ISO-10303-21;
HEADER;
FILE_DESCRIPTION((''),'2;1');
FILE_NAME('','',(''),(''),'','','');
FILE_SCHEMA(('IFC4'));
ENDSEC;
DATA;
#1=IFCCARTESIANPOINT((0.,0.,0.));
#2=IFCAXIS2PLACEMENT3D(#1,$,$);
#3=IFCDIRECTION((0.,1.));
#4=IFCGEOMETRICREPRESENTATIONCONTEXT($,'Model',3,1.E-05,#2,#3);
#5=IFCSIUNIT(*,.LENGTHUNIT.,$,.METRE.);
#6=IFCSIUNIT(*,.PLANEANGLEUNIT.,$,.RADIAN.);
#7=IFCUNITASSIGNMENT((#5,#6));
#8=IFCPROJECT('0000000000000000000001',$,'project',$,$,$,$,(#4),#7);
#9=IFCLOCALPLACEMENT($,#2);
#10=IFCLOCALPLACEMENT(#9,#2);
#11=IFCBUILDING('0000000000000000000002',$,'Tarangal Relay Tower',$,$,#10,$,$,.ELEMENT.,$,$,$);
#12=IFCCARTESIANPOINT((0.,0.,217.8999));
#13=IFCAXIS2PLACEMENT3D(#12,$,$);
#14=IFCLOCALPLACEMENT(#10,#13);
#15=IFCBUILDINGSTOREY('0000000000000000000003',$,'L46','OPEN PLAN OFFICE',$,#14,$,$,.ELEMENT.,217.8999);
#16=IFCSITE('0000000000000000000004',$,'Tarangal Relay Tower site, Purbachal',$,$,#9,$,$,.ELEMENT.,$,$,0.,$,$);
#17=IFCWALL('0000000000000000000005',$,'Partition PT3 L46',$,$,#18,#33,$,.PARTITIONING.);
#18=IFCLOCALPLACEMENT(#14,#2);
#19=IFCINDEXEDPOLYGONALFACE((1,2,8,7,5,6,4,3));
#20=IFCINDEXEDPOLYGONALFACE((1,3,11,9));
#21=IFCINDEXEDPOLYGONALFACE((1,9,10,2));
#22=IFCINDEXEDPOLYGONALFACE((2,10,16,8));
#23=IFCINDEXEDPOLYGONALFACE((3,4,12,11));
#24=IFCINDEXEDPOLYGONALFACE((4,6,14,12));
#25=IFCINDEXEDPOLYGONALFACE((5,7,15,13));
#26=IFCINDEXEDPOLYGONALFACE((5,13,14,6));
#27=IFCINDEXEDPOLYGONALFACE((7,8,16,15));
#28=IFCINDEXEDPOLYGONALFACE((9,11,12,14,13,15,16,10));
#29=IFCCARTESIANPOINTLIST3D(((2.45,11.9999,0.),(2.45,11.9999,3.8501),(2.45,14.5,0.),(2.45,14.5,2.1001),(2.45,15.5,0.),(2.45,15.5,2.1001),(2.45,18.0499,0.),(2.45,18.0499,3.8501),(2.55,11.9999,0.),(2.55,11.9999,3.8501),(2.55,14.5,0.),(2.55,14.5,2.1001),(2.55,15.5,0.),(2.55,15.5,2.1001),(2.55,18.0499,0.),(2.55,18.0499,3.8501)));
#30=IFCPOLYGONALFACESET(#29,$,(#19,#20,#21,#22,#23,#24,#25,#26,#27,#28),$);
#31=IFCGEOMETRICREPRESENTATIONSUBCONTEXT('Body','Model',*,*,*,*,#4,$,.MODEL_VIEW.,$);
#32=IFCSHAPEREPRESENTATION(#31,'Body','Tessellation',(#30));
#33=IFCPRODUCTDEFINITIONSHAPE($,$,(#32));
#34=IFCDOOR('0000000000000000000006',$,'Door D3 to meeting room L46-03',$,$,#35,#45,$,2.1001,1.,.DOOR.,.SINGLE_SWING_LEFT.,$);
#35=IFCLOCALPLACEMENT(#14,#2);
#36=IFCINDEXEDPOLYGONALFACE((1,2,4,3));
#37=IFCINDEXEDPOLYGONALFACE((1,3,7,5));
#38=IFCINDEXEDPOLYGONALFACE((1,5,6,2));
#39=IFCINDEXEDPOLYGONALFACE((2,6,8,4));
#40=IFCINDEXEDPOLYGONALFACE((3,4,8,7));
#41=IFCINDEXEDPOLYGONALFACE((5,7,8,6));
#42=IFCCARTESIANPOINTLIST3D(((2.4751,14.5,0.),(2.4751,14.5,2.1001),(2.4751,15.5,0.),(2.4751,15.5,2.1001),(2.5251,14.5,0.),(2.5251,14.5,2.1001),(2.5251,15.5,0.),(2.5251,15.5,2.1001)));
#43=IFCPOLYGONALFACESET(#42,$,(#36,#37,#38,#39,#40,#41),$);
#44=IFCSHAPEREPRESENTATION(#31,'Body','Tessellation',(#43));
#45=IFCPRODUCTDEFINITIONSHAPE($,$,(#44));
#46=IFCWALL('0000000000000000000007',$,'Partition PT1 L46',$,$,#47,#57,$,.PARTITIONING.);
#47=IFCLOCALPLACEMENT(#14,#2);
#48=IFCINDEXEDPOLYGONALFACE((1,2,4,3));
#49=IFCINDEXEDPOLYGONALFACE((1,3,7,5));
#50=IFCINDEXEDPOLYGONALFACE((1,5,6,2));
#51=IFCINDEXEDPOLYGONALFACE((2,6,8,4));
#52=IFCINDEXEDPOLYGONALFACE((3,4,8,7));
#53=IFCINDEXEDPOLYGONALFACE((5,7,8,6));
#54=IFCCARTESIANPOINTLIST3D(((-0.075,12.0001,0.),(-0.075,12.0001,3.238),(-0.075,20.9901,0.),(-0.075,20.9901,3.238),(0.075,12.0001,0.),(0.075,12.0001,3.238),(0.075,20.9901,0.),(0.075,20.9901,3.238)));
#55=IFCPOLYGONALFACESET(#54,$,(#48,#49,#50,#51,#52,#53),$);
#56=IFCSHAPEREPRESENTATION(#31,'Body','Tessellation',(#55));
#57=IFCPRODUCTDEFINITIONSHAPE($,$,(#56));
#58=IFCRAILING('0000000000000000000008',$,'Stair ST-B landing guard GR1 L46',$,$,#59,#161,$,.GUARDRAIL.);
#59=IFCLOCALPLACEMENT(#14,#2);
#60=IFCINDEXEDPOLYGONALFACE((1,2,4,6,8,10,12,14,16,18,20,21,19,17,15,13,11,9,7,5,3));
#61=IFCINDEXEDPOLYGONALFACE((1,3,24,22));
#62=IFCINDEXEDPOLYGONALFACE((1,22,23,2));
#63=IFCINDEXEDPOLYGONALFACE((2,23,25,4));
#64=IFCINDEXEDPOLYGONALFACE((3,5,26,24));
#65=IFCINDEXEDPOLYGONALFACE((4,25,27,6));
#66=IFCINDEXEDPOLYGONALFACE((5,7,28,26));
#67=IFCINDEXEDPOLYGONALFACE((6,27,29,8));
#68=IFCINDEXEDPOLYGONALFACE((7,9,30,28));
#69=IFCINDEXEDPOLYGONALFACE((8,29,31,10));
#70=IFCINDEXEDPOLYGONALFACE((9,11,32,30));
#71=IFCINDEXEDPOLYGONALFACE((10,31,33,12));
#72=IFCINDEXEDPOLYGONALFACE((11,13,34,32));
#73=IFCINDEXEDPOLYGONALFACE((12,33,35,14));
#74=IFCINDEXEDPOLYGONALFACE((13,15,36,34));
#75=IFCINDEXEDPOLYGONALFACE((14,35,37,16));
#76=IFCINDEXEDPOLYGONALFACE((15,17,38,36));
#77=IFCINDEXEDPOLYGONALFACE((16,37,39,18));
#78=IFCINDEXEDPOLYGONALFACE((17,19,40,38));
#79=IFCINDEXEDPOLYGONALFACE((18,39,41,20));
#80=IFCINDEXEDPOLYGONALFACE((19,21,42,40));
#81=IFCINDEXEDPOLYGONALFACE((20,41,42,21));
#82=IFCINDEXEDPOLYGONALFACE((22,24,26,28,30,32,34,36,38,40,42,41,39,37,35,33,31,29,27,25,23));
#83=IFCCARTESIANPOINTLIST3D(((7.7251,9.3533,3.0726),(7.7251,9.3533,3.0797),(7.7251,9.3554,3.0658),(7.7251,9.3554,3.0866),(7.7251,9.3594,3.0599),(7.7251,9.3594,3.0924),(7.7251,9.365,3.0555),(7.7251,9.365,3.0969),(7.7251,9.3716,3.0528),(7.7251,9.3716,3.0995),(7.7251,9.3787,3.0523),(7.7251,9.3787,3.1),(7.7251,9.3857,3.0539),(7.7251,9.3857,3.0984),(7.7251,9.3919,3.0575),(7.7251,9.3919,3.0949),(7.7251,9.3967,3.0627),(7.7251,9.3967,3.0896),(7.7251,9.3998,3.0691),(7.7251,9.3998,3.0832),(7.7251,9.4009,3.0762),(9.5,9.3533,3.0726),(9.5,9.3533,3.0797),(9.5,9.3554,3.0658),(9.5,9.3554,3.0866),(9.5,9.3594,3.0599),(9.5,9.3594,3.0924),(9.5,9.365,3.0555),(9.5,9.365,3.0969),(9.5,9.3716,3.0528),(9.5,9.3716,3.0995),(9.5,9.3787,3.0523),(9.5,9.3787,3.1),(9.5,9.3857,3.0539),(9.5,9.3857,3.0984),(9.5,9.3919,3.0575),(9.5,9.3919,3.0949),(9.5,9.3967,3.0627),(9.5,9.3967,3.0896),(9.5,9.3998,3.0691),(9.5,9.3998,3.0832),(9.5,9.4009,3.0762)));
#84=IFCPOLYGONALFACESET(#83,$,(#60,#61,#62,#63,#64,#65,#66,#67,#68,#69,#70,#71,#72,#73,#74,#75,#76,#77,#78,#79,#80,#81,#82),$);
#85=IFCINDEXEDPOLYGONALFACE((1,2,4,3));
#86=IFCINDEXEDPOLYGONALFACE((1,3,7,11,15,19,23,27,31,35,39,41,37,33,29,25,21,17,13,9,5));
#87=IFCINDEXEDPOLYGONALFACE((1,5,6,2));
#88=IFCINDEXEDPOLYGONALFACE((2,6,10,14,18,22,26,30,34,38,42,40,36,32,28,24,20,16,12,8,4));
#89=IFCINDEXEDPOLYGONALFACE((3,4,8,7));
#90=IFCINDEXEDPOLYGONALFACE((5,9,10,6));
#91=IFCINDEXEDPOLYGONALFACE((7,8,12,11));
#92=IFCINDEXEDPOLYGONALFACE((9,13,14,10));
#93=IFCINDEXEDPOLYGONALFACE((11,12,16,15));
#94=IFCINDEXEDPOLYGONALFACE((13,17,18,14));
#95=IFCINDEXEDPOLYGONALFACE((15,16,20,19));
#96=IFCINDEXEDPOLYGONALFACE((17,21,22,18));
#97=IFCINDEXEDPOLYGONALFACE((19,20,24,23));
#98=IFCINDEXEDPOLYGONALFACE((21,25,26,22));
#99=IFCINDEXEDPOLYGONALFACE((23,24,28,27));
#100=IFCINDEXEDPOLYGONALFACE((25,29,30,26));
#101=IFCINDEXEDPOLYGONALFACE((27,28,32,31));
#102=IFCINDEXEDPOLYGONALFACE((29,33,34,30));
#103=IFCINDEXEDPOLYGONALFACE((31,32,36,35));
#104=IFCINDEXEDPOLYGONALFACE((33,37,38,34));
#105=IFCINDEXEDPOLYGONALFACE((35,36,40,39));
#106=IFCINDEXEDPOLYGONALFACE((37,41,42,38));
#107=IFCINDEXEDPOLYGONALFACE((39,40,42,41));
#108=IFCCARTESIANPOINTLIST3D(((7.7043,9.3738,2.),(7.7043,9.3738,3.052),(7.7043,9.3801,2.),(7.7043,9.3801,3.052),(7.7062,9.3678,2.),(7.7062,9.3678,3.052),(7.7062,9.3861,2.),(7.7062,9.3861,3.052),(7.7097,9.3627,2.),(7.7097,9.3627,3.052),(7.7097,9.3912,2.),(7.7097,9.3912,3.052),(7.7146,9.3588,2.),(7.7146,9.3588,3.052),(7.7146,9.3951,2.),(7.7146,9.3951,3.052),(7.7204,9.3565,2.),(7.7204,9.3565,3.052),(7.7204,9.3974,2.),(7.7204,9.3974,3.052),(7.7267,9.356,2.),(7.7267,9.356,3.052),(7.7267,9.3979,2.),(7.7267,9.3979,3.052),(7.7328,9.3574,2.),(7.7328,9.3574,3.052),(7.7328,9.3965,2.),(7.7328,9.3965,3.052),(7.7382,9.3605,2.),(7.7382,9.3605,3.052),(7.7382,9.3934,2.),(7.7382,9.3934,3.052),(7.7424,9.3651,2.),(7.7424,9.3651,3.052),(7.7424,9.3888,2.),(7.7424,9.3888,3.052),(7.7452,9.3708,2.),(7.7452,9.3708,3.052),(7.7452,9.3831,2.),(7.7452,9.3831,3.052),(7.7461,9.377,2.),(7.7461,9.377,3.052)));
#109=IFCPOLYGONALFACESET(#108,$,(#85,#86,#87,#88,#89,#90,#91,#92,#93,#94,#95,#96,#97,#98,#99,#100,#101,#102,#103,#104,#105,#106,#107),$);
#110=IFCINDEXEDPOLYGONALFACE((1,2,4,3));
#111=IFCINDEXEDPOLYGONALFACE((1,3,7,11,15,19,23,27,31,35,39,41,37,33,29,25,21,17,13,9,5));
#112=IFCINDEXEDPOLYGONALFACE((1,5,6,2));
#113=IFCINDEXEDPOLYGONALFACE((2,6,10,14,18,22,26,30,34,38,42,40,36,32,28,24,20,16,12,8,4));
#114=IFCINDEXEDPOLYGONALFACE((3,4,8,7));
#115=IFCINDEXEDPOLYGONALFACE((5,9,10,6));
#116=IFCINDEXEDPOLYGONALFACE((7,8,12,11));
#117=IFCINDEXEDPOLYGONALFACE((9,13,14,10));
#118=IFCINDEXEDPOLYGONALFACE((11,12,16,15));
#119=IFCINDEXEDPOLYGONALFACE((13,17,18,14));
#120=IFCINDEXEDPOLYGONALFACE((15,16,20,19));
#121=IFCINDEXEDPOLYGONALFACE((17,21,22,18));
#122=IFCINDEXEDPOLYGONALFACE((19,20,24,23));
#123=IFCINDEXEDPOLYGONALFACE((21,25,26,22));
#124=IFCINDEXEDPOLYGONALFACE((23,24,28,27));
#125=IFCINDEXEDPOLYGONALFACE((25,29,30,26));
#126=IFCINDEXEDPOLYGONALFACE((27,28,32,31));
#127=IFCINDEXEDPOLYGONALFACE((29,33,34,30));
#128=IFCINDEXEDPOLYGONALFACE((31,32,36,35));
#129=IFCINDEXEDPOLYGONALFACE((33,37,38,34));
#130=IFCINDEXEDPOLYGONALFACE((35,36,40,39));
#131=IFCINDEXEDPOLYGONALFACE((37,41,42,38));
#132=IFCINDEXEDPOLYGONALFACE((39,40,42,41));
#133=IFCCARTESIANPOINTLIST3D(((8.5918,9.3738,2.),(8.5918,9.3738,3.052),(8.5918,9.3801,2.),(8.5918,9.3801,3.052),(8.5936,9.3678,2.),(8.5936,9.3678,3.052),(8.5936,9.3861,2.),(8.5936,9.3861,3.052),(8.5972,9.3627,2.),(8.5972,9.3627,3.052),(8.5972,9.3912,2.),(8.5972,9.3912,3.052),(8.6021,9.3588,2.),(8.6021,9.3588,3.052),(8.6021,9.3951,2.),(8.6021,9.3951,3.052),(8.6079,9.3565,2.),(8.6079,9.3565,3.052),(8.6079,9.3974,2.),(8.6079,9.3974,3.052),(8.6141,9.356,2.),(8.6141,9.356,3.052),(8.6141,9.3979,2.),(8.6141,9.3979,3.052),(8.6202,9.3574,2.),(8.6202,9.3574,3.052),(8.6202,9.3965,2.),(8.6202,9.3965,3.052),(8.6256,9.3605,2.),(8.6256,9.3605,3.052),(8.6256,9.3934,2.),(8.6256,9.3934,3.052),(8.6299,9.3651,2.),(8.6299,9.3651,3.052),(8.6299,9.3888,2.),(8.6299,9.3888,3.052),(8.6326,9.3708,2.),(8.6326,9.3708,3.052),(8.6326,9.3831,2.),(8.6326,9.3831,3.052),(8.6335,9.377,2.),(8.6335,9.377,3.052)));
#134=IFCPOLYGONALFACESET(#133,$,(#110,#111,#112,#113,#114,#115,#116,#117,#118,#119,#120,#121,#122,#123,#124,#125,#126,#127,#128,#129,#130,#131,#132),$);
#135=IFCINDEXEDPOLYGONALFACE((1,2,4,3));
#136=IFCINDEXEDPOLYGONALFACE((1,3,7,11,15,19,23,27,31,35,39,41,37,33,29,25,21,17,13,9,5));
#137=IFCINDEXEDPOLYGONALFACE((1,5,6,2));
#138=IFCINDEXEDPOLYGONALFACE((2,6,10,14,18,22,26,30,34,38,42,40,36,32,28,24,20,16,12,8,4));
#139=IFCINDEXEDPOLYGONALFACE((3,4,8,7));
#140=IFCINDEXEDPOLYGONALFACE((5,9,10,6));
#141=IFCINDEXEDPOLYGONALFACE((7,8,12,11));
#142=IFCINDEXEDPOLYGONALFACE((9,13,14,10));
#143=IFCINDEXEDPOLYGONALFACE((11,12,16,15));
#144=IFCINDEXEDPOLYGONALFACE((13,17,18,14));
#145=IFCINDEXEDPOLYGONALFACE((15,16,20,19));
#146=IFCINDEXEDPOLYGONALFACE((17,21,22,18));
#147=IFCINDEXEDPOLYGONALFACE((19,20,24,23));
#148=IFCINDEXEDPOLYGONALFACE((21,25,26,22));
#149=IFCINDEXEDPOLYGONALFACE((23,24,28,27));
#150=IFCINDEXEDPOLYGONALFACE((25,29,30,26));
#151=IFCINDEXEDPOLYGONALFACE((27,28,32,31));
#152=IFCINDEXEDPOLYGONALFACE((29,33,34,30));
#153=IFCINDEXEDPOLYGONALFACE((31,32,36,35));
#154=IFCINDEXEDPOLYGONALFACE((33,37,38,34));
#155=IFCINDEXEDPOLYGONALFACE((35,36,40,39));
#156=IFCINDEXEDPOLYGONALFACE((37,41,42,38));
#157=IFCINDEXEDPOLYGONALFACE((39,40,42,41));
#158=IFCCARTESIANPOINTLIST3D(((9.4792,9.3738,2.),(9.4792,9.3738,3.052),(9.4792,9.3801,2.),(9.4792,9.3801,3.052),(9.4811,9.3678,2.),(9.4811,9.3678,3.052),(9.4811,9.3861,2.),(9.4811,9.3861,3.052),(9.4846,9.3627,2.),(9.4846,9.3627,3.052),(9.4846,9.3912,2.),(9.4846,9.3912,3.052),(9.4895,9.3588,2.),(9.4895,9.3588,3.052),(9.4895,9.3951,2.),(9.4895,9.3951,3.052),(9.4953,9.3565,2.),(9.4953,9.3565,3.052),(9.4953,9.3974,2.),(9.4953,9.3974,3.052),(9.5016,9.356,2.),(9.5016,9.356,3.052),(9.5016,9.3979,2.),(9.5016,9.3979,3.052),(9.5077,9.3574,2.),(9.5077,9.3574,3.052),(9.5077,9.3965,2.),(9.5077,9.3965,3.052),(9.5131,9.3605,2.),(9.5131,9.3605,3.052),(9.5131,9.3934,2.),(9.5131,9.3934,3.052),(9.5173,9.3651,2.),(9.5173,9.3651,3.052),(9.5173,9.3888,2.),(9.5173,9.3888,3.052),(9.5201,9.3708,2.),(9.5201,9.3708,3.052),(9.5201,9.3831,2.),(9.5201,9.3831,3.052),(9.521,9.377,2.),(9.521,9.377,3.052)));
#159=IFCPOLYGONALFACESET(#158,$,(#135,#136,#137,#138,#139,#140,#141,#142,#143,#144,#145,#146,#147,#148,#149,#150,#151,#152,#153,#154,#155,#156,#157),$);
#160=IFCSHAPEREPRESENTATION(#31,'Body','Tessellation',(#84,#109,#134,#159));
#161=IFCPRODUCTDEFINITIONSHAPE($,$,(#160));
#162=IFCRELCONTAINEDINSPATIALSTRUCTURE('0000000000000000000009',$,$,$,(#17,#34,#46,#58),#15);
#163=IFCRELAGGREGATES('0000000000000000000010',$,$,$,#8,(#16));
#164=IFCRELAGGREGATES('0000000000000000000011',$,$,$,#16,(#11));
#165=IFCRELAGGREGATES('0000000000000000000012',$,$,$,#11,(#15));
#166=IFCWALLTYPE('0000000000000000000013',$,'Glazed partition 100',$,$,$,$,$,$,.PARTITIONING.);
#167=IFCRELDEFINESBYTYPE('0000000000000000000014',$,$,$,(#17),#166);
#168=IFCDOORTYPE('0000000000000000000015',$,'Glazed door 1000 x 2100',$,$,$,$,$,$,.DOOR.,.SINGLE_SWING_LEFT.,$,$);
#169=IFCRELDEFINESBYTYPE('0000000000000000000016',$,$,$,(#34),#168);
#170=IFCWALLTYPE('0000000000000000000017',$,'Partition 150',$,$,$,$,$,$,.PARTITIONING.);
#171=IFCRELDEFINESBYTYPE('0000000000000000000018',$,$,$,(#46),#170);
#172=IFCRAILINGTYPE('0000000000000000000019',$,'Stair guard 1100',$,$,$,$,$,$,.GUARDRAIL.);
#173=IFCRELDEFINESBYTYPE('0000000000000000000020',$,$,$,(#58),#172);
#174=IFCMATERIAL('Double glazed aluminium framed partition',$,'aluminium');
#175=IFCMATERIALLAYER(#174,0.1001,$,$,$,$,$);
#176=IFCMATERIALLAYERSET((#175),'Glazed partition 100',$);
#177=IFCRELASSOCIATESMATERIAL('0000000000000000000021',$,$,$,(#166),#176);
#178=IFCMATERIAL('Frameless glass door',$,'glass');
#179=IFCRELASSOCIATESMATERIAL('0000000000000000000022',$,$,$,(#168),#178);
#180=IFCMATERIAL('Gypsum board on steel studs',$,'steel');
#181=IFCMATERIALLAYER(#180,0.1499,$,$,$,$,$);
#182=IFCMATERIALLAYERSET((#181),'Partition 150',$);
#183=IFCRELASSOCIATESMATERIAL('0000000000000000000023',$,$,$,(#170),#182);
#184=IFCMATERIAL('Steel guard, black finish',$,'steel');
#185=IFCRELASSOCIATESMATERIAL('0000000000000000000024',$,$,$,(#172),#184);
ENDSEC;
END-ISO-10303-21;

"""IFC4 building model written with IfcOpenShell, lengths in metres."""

from ifc_helpers import new_model, si_unit, direction, frame, frame_2d, origin, origin_2d, place, context, subcontext, project, spatial, rectangle, circle, extrude, material, layer, layer_set, type_object, element, fill, save


model = new_model("IFC4")

# Units and contexts
model_context = context("Model", 3, precision=1e-05, world=origin(), true_north=direction((0.0, 1.0)))
body_context = subcontext(model_context, "Body", "Model", "MODEL_VIEW")
ifc_project = project(units=[si_unit("LENGTHUNIT", "METRE"), si_unit("PLANEANGLEUNIT", "RADIAN")], contexts=[model_context])

# Site, building, storey
site_placement = place(None, origin())
site = spatial("IfcSite", under=ifc_project, at=site_placement, Name="Tarangal Relay Tower site, Purbachal", CompositionType="ELEMENT", RefElevation=0.0)
building_placement = place(site_placement, origin())
building = spatial("IfcBuilding", under=site, at=building_placement, Name="Tarangal Relay Tower", CompositionType="ELEMENT")
storey_placement = place(building_placement, frame((0.0, 0.0, 217.8999)))
storey = spatial("IfcBuildingStorey", under=building, at=storey_placement, Name="L46", Description="OPEN PLAN OFFICE", CompositionType="ELEMENT", Elevation=217.8999)

# Wall, opening, door
ifc_material_1 = material(Name="Double glazed aluminium framed partition", Category="aluminium")
ifc_layer_1 = layer(ifc_material_1, 0.1001)
ifc_layer_set_1 = layer_set([ifc_layer_1], Name="Glazed partition 100")
wall_type_1 = type_object("IfcWallType", Name="Glazed partition 100", PredefinedType="PARTITIONING", material=ifc_layer_set_1)
wall_1_placement = place(storey_placement, frame((2.5, 12.0, 0.0), z_axis=(0.0, 0.0, 1.0), x_axis=(0.0, 1.0, 0.0)))
wall_1 = element("IfcWall", 1, at=wall_1_placement, inside=storey, type_object=wall_type_1, Name="Partition PT3 L46", PredefinedType="PARTITIONING", context=body_context, shape_type="SweptSolid", body=[
    extrude(rectangle(XDim=6.05, YDim=0.1001, at=frame_2d((3.0249, 0.0))), origin(), (0.0, 0.0, 1.0), 3.8501),
])
opening_1_placement = place(wall_1_placement, frame((2.5, 0.0, 0.0)))
opening_1 = element("IfcOpeningElement", 2, at=opening_1_placement, cuts=wall_1, PredefinedType="OPENING", context=body_context, shape_type="SweptSolid", body=[
    extrude(rectangle(XDim=1.0, YDim=2.1001, at=frame_2d((0.5, 1.05))), frame((0.0, 0.0601, 0.0), z_axis=(0.0, -1.0, 0.0), x_axis=(1.0, 0.0, 0.0)), (0.0, 0.0, 1.0), 0.1201),
])
ifc_material_2 = material(Name="Frameless glass door", Category="glass")
door_type_1 = type_object("IfcDoorType", Name="Glazed door 1000 x 2100", OperationType="SINGLE_SWING_LEFT", PredefinedType="DOOR", material=ifc_material_2)
door_1_placement = place(opening_1_placement, origin())
door_1 = element("IfcDoor", 3, at=door_1_placement, inside=storey, type_object=door_type_1, Name="Door D3 to meeting room L46-03", OperationType="SINGLE_SWING_LEFT", OverallHeight=2.1001, OverallWidth=1.0, PredefinedType="DOOR", context=body_context, shape_type="SweptSolid", body=[
    extrude(rectangle(XDim=1.0, YDim=2.1001, at=frame_2d((0.5, 1.05))), frame((0.0, 0.0249, 0.0), z_axis=(0.0, -1.0, 0.0), x_axis=(1.0, 0.0, 0.0)), (0.0, 0.0, 1.0), 0.05),
])
fill(opening_1, door_1)

# Wall
ifc_material_3 = material(Name="Gypsum board on steel studs", Category="steel")
ifc_layer_2 = layer(ifc_material_3, 0.1499)
ifc_layer_set_2 = layer_set([ifc_layer_2], Name="Partition 150")
wall_type_2 = type_object("IfcWallType", Name="Partition 150", PredefinedType="PARTITIONING", material=ifc_layer_set_2)
wall_2_placement = place(storey_placement, frame((0.0, 12.0, 0.0), z_axis=(0.0, 0.0, 1.0), x_axis=(0.0, 1.0, 0.0)))
element("IfcWall", 4, at=wall_2_placement, inside=storey, type_object=wall_type_2, Name="Partition PT1 L46", PredefinedType="PARTITIONING", context=body_context, shape_type="SweptSolid", body=[
    extrude(rectangle(XDim=8.99, YDim=0.1499, at=frame_2d((4.4951, 0.0))), origin(), (0.0, 0.0, 1.0), 3.238),
])

# Railing
ifc_material_4 = material(Name="Steel guard, black finish", Category="steel")
railing_type = type_object("IfcRailingType", Name="Stair guard 1100", PredefinedType="GUARDRAIL", material=ifc_material_4)
railing_placement = place(storey_placement, frame((7.7251, 9.377, 2.0)))
element("IfcRailing", 5, at=railing_placement, inside=storey, type_object=railing_type, Name="Stair ST-B landing guard GR1 L46", PredefinedType="GUARDRAIL", context=body_context, shape_type="SweptSolid", body=[
    extrude(circle(Radius=0.0239, at=origin_2d()), frame((0.0, 0.0, 1.0762), z_axis=(1.0, 0.0, 0.0), x_axis=(0.0, 1.0, 0.0)), (0.0, 0.0, 1.0), 1.7749),
    extrude(circle(Radius=0.021, at=origin_2d()), origin(), (0.0, 0.0, 1.0), 1.052),
    extrude(circle(Radius=0.021, at=origin_2d()), frame((0.8875, 0.0, 0.0)), (0.0, 0.0, 1.0), 1.052),
    extrude(circle(Radius=0.021, at=origin_2d()), frame((1.7749, 0.0, 0.0)), (0.0, 0.0, 1.0), 1.052),
])

save(model, "model.ifc")
